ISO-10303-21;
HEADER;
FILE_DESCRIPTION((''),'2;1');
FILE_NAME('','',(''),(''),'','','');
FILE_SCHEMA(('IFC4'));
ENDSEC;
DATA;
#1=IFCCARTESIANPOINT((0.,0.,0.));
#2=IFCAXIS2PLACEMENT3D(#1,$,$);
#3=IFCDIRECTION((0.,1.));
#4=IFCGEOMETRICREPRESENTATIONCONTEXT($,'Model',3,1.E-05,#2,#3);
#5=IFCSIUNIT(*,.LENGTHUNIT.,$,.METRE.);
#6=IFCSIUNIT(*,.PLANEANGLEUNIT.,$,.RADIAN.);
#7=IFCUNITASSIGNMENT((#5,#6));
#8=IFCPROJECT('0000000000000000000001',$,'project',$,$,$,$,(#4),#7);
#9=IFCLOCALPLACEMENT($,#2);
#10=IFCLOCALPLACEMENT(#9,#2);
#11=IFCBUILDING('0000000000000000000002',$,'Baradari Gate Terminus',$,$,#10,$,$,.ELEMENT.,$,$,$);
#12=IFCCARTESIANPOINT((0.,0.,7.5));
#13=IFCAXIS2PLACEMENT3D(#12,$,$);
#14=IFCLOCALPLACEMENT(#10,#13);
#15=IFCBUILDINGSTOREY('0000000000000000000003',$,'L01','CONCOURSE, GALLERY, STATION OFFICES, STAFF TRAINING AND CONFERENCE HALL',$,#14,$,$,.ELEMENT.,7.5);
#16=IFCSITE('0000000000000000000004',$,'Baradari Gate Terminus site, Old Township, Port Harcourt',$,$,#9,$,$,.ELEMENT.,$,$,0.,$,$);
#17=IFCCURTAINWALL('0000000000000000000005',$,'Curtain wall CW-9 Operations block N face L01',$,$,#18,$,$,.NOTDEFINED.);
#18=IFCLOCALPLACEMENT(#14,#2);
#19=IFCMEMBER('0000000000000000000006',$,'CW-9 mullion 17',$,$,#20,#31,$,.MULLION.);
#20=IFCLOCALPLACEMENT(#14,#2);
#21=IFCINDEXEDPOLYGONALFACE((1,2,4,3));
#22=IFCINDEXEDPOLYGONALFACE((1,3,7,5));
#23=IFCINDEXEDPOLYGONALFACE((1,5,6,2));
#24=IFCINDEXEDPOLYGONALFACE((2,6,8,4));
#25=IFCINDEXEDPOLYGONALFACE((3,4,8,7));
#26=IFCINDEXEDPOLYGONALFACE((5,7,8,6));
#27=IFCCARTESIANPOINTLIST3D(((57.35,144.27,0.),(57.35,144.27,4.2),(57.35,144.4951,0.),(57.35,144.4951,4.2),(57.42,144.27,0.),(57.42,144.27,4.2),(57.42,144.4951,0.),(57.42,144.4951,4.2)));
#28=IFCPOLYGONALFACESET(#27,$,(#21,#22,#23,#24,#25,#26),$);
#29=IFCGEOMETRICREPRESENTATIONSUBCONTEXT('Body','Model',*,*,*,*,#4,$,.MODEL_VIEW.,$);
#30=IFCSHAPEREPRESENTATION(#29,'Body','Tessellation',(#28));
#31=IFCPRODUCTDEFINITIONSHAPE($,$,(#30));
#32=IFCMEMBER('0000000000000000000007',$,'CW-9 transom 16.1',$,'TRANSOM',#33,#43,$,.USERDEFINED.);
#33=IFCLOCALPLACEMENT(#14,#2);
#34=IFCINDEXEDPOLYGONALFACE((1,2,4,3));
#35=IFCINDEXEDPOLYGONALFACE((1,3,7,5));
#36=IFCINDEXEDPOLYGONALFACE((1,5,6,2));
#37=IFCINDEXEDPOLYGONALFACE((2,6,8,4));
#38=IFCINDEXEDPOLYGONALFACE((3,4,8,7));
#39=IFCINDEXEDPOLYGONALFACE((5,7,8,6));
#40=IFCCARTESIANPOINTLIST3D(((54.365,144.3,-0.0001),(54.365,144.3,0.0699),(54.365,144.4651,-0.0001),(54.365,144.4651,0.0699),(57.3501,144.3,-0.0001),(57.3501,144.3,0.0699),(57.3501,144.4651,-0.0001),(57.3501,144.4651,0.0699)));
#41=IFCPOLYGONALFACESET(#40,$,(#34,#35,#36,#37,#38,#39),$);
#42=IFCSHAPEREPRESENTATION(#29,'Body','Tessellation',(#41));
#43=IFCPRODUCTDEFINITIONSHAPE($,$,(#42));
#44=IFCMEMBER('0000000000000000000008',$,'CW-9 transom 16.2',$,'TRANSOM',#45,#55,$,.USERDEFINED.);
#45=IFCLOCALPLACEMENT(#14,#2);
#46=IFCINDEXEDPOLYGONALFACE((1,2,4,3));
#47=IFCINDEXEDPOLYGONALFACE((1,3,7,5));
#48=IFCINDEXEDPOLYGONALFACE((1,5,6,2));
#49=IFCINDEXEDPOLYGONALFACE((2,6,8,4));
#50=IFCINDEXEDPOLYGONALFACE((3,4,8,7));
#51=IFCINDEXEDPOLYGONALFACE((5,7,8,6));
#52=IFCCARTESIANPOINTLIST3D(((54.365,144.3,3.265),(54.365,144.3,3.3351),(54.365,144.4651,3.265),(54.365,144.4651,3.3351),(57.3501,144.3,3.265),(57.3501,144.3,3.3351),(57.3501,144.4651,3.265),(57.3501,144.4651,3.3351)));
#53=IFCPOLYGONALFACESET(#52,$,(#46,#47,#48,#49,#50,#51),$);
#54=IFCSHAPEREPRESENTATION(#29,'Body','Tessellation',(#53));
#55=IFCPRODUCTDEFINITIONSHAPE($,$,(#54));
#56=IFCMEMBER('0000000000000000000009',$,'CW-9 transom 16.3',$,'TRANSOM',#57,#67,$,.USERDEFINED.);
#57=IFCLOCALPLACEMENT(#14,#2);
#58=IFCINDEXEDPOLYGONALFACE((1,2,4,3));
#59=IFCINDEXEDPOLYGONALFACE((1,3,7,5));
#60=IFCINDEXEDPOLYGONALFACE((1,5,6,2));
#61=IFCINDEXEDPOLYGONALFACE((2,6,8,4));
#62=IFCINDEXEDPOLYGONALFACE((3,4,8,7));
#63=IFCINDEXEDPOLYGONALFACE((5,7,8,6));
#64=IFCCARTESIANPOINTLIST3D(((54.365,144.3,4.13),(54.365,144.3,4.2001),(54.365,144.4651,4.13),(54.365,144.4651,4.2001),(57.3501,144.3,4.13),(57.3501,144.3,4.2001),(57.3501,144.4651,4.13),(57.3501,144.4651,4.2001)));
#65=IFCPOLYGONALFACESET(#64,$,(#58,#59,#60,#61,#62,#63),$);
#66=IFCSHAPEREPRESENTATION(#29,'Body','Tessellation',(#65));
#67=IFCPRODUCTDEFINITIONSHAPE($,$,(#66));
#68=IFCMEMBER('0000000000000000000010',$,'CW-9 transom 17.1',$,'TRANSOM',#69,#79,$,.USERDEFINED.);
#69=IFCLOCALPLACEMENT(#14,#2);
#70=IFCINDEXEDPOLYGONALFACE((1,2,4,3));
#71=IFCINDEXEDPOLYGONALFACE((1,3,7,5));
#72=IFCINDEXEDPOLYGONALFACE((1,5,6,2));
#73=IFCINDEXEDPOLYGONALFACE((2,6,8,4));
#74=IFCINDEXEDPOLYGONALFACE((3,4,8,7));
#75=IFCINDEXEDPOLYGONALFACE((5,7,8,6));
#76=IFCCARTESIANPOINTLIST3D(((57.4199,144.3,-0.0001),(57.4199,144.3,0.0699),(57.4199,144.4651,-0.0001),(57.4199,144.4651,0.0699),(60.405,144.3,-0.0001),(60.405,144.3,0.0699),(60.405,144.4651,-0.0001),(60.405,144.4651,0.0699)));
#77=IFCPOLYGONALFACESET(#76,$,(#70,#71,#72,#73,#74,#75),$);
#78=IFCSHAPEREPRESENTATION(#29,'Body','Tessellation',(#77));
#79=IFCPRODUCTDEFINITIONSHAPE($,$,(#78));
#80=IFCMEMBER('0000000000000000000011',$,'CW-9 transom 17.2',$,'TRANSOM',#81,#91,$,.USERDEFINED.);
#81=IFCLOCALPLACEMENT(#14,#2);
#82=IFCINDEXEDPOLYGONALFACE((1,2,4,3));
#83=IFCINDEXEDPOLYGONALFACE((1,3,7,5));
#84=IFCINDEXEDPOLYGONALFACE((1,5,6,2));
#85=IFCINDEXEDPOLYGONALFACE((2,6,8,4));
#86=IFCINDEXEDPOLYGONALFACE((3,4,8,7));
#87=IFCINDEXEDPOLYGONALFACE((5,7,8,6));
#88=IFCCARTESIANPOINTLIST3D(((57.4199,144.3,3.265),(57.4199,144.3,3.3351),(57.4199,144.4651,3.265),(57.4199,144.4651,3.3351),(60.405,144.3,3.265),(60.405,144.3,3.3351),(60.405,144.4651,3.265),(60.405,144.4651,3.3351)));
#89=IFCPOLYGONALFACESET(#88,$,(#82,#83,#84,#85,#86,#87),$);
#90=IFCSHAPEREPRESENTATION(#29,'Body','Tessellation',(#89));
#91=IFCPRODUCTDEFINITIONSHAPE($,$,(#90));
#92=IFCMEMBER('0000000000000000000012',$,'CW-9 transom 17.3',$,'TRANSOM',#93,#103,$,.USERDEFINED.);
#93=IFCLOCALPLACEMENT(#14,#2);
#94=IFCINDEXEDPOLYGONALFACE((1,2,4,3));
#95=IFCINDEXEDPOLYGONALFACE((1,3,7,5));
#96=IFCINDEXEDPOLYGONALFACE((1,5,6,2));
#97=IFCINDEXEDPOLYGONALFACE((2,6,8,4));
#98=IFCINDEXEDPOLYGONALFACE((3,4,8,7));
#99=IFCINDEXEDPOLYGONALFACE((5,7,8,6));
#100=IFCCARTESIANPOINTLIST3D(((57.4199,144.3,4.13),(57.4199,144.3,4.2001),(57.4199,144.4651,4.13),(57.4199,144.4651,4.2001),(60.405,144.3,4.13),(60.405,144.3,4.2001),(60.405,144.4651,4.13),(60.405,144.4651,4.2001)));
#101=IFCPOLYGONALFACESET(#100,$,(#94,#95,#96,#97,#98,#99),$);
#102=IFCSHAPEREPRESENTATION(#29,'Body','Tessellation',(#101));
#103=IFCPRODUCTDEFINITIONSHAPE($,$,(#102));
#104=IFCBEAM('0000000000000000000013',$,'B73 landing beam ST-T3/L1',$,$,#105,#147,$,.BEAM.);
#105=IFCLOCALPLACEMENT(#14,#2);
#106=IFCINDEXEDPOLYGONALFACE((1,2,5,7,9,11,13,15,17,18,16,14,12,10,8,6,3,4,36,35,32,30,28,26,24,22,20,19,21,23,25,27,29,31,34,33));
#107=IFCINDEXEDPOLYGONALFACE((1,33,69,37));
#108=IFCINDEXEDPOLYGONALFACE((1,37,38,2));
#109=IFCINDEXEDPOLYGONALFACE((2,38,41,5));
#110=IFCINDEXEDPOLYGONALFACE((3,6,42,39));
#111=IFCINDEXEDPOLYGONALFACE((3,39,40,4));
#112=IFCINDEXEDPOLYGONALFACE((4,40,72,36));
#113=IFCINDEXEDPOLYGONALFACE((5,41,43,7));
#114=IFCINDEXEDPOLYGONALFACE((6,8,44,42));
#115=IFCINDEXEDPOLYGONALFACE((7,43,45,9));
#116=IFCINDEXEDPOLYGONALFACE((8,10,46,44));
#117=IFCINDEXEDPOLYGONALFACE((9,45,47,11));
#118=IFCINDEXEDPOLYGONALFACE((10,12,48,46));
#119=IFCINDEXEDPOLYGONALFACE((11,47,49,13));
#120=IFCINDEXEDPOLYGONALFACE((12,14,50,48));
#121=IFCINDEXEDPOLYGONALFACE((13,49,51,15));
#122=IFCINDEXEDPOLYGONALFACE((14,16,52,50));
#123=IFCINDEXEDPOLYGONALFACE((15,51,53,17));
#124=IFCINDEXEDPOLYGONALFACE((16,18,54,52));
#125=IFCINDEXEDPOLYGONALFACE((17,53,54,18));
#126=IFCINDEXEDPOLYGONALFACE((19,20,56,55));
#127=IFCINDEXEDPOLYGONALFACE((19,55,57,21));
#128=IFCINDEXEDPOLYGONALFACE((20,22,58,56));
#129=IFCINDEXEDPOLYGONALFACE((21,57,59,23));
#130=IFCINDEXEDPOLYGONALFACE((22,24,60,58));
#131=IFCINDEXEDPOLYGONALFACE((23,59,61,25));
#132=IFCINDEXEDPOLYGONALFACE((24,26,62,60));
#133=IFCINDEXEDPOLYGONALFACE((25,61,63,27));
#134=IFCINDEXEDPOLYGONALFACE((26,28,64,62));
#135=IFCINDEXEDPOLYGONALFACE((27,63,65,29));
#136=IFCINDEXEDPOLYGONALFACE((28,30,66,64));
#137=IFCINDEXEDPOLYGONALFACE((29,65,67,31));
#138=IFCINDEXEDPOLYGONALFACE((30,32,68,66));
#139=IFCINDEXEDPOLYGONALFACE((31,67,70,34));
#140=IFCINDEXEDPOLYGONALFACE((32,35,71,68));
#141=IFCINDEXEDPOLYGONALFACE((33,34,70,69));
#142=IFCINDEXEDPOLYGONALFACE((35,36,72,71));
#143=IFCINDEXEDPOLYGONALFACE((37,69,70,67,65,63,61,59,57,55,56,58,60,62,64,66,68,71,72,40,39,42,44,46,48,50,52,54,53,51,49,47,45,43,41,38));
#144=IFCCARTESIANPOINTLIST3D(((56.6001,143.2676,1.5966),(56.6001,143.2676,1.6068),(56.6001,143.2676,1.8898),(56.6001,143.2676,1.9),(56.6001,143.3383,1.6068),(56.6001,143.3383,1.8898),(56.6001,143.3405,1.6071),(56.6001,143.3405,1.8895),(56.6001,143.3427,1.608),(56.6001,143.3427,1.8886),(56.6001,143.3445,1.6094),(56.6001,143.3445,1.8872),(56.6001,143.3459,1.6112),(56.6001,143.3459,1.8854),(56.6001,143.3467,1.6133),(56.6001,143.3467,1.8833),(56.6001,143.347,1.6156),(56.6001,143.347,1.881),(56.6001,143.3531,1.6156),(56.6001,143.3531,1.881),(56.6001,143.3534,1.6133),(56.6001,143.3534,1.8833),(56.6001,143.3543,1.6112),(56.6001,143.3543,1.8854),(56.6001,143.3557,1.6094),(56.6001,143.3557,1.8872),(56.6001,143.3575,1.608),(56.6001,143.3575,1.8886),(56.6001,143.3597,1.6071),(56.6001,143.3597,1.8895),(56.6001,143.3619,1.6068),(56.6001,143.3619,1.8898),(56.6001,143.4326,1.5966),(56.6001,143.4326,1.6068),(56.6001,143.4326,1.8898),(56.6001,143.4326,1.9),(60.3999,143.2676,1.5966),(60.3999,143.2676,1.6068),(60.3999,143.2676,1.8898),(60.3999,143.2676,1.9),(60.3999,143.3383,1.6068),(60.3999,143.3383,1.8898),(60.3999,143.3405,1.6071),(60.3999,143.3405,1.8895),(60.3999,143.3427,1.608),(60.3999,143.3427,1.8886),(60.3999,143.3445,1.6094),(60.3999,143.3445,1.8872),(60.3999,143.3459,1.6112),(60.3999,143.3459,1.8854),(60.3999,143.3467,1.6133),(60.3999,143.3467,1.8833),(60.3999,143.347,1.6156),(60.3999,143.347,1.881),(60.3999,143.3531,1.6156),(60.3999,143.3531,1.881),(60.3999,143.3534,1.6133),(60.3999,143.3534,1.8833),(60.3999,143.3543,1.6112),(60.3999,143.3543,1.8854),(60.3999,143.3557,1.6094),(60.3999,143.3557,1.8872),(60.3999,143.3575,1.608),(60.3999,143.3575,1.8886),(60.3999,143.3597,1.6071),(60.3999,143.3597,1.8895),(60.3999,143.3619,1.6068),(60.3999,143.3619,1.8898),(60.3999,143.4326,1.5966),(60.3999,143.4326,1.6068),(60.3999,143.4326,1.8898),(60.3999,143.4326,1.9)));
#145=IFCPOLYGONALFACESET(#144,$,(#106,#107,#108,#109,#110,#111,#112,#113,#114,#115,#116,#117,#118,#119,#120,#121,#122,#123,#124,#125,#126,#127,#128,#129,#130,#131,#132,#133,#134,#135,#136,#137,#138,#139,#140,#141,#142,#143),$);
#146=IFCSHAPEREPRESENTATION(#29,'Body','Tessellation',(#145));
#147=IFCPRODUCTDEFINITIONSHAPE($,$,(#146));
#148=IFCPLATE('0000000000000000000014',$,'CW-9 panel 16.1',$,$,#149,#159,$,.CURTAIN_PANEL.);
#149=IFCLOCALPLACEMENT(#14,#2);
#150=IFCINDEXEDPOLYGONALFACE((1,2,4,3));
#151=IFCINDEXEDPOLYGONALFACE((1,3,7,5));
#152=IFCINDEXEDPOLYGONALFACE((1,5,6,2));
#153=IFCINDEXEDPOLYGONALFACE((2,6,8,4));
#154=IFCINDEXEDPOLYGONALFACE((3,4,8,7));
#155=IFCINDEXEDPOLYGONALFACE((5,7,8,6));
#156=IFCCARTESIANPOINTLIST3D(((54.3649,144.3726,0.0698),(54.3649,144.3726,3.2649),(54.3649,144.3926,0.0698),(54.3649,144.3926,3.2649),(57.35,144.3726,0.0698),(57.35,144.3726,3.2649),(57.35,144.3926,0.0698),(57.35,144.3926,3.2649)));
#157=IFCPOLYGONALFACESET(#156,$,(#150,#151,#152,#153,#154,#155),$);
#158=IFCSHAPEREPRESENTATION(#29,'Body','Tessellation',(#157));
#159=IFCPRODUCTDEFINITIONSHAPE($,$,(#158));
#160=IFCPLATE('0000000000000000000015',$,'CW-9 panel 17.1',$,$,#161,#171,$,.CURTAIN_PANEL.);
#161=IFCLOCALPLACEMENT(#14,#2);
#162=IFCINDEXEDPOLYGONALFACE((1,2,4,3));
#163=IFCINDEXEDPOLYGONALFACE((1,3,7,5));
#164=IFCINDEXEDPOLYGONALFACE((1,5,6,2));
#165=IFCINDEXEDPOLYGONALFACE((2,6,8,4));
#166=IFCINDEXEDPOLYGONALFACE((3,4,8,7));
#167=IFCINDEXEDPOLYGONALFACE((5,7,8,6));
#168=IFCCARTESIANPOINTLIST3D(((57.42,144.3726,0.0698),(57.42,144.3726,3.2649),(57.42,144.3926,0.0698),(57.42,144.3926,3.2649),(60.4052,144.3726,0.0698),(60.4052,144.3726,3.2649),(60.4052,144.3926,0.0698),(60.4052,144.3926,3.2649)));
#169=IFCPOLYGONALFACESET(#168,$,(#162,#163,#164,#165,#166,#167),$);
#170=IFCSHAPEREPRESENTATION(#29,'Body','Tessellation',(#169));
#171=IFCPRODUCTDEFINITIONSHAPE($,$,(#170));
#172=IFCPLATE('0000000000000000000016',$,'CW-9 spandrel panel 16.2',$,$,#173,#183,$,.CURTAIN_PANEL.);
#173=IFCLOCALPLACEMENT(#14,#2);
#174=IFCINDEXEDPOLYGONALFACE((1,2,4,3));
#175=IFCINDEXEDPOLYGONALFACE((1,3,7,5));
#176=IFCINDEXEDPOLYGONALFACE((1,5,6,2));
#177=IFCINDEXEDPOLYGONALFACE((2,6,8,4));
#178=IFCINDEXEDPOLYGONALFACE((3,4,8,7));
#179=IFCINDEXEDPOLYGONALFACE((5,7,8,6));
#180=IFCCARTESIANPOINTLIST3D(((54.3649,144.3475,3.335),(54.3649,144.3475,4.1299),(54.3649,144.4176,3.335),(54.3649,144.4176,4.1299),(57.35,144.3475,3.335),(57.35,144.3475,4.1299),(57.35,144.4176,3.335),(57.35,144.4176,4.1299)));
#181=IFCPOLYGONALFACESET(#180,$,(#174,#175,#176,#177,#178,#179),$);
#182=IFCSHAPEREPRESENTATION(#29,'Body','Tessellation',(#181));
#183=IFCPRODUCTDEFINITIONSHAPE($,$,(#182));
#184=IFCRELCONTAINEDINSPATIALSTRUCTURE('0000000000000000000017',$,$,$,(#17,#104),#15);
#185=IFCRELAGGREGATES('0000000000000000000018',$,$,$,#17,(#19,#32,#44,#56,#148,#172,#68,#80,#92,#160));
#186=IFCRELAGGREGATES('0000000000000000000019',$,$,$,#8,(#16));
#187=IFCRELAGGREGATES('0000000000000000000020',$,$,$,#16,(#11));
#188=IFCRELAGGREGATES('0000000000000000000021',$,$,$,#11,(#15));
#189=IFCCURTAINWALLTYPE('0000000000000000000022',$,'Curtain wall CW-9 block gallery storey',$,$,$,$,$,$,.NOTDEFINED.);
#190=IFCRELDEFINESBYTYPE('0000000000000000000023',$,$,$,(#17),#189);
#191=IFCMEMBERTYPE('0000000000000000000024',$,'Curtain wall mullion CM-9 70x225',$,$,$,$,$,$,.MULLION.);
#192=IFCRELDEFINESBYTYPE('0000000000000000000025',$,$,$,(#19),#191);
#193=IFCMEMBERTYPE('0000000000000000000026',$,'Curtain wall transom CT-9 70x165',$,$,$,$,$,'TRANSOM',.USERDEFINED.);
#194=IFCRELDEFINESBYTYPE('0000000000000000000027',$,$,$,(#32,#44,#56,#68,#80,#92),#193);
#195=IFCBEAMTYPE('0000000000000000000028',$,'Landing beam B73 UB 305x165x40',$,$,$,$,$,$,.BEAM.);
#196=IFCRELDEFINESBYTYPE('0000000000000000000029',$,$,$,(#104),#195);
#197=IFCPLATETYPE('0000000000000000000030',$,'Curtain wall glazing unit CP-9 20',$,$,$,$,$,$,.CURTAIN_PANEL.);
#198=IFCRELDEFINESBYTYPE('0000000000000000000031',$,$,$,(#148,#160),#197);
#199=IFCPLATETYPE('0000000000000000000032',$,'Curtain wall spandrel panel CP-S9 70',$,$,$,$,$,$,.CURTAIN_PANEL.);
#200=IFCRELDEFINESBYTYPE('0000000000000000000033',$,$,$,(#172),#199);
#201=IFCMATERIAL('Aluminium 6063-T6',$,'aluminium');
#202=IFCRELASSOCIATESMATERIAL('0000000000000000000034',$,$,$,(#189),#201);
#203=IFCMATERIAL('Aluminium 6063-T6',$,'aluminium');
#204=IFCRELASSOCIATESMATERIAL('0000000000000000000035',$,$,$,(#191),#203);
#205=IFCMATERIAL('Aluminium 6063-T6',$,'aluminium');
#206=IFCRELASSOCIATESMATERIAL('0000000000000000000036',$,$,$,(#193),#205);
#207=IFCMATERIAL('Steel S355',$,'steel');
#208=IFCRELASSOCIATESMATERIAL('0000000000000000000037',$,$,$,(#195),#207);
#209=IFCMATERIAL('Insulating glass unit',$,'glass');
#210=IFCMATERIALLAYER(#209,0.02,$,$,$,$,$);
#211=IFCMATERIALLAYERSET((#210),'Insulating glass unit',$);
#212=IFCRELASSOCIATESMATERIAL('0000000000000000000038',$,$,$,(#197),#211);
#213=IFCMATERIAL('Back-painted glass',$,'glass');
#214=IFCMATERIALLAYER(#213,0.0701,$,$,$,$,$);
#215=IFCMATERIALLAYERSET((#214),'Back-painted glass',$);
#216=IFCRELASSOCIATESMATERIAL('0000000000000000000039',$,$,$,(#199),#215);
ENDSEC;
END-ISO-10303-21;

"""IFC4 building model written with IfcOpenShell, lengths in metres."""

from ifc_helpers import new_model, si_unit, direction, frame, origin, origin_2d, place, context, subcontext, project, spatial, rectangle, i_section, extrude, material, layer, layer_set, material_profile, profile_set, type_object, element, aggregate, save


model = new_model("IFC4")

# Units and contexts
model_context = context("Model", 3, precision=1e-05, world=origin(), true_north=direction((0.0, 1.0)))
body_context = subcontext(model_context, "Body", "Model", "MODEL_VIEW")
ifc_project = project(units=[si_unit("LENGTHUNIT", "METRE"), si_unit("PLANEANGLEUNIT", "RADIAN")], contexts=[model_context])

# Site, building, storey
site_placement = place(None, origin())
site = spatial("IfcSite", under=ifc_project, at=site_placement, Name="Baradari Gate Terminus site, Old Township, Port Harcourt", CompositionType="ELEMENT", RefElevation=0.0)
building_placement = place(site_placement, origin())
building = spatial("IfcBuilding", under=site, at=building_placement, Name="Baradari Gate Terminus", CompositionType="ELEMENT")
storey_placement = place(building_placement, frame((0.0, 0.0, 7.5)))
storey = spatial("IfcBuildingStorey", under=building, at=storey_placement, Name="L01", Description="CONCOURSE, GALLERY, STATION OFFICES, STAFF TRAINING AND CONFERENCE HALL", CompositionType="ELEMENT", Elevation=7.5)

# Curtain wall, members
ifc_material_1 = material(Name="Aluminium 6063-T6", Category="aluminium")
curtain_wall_type = type_object("IfcCurtainWallType", Name="Curtain wall CW-9 block gallery storey", PredefinedType="NOTDEFINED", material=ifc_material_1)
curtain_wall_placement = place(storey_placement, origin())
curtain_wall = element("IfcCurtainWall", 1, at=curtain_wall_placement, inside=storey, type_object=curtain_wall_type, Name="Curtain wall CW-9 Operations block N face L01", PredefinedType="NOTDEFINED")
ifc_material_2 = material(Name="Aluminium 6063-T6", Category="aluminium")
ifc_material_profile_1 = material_profile(ifc_material_2, rectangle(XDim=0.2251, YDim=0.0701, at=origin_2d()), Name="CM-9 70X225")
ifc_profile_set_1 = profile_set([ifc_material_profile_1], Name="Aluminium 6063-T6")
member_type_1 = type_object("IfcMemberType", Name="Curtain wall mullion CM-9 70x225", PredefinedType="MULLION", material=ifc_profile_set_1)
member_1_placement = place(storey_placement, frame((57.385, 144.3826, 0.0), z_axis=(0.0, 0.0, 1.0), x_axis=(0.0, 1.0, 0.0)))
member_1 = element("IfcMember", 2, at=member_1_placement, type_object=member_type_1, Name="CW-9 mullion 17", PredefinedType="MULLION", context=body_context, shape_type="SweptSolid", body=[
    extrude(rectangle(XDim=0.2251, YDim=0.0701, at=origin_2d()), origin(), (0.0, 0.0, 1.0), 4.2),
])
ifc_material_3 = material(Name="Aluminium 6063-T6", Category="aluminium")
ifc_material_profile_2 = material_profile(ifc_material_3, rectangle(XDim=0.165, YDim=0.0701, at=origin_2d()), Name="CT-9 70X165")
ifc_profile_set_2 = profile_set([ifc_material_profile_2], Name="Aluminium 6063-T6")
member_type_2 = type_object("IfcMemberType", Name="Curtain wall transom CT-9 70x165", ElementType="TRANSOM", PredefinedType="USERDEFINED", material=ifc_profile_set_2)
member_2_placement = place(storey_placement, frame((54.365, 144.3826, 0.0349), z_axis=(1.0, 0.0, 0.0), x_axis=(0.0, 1.0, 0.0)))
member_2 = element("IfcMember", 3, at=member_2_placement, type_object=member_type_2, Name="CW-9 transom 16.1", ObjectType="TRANSOM", PredefinedType="USERDEFINED", context=body_context, shape_type="SweptSolid", body=[
    extrude(rectangle(XDim=0.165, YDim=0.0701, at=origin_2d()), origin(), (0.0, 0.0, 1.0), 2.9851),
])
member_3_placement = place(storey_placement, frame((54.365, 144.3826, 3.3), z_axis=(1.0, 0.0, 0.0), x_axis=(0.0, 1.0, 0.0)))
member_3 = element("IfcMember", 4, at=member_3_placement, type_object=member_type_2, Name="CW-9 transom 16.2", ObjectType="TRANSOM", PredefinedType="USERDEFINED", context=body_context, shape_type="SweptSolid", body=[
    extrude(rectangle(XDim=0.165, YDim=0.0701, at=origin_2d()), origin(), (0.0, 0.0, 1.0), 2.9851),
])
member_4_placement = place(storey_placement, frame((54.365, 144.3826, 4.165), z_axis=(1.0, 0.0, 0.0), x_axis=(0.0, 1.0, 0.0)))
member_4 = element("IfcMember", 5, at=member_4_placement, type_object=member_type_2, Name="CW-9 transom 16.3", ObjectType="TRANSOM", PredefinedType="USERDEFINED", context=body_context, shape_type="SweptSolid", body=[
    extrude(rectangle(XDim=0.165, YDim=0.0701, at=origin_2d()), origin(), (0.0, 0.0, 1.0), 2.9851),
])
member_5_placement = place(storey_placement, frame((57.4199, 144.3826, 0.0349), z_axis=(1.0, 0.0, 0.0), x_axis=(0.0, 1.0, 0.0)))
member_5 = element("IfcMember", 6, at=member_5_placement, type_object=member_type_2, Name="CW-9 transom 17.1", ObjectType="TRANSOM", PredefinedType="USERDEFINED", context=body_context, shape_type="SweptSolid", body=[
    extrude(rectangle(XDim=0.165, YDim=0.0701, at=origin_2d()), origin(), (0.0, 0.0, 1.0), 2.9851),
])
member_6_placement = place(storey_placement, frame((57.4199, 144.3826, 3.3), z_axis=(1.0, 0.0, 0.0), x_axis=(0.0, 1.0, 0.0)))
member_6 = element("IfcMember", 7, at=member_6_placement, type_object=member_type_2, Name="CW-9 transom 17.2", ObjectType="TRANSOM", PredefinedType="USERDEFINED", context=body_context, shape_type="SweptSolid", body=[
    extrude(rectangle(XDim=0.165, YDim=0.0701, at=origin_2d()), origin(), (0.0, 0.0, 1.0), 2.9851),
])
member_7_placement = place(storey_placement, frame((57.4199, 144.3826, 4.165), z_axis=(1.0, 0.0, 0.0), x_axis=(0.0, 1.0, 0.0)))
member_7 = element("IfcMember", 8, at=member_7_placement, type_object=member_type_2, Name="CW-9 transom 17.3", ObjectType="TRANSOM", PredefinedType="USERDEFINED", context=body_context, shape_type="SweptSolid", body=[
    extrude(rectangle(XDim=0.165, YDim=0.0701, at=origin_2d()), origin(), (0.0, 0.0, 1.0), 2.9851),
])

# Beam
ifc_material_4 = material(Name="Steel S355", Category="steel")
ifc_material_profile_3 = material_profile(ifc_material_4, i_section(OverallWidth=0.165, OverallDepth=0.3035, WebThickness=0.0061, FlangeThickness=0.0103, FilletRadius=0.0088, at=origin_2d()), Name="UB 305x165x40")
ifc_profile_set_3 = profile_set([ifc_material_profile_3], Name="Steel S355")
beam_type = type_object("IfcBeamType", Name="Landing beam B73 UB 305x165x40", PredefinedType="BEAM", material=ifc_profile_set_3)
beam_placement = place(storey_placement, frame((56.6001, 143.3501, 1.7483), z_axis=(1.0, 0.0, 0.0), x_axis=(0.0, 1.0, 0.0)))
element("IfcBeam", 9, at=beam_placement, inside=storey, type_object=beam_type, Name="B73 landing beam ST-T3/L1", PredefinedType="BEAM", context=body_context, shape_type="SweptSolid", body=[
    extrude(i_section(OverallWidth=0.165, OverallDepth=0.3035, WebThickness=0.0061, FlangeThickness=0.0103, FilletRadius=0.0088, at=origin_2d()), origin(), (0.0, 0.0, 1.0), 3.7998),
])

# Plates
ifc_material_5 = material(Name="Insulating glass unit", Category="glass")
ifc_layer_1 = layer(ifc_material_5, 0.02)
ifc_layer_set_1 = layer_set([ifc_layer_1], Name="Insulating glass unit")
plate_type_1 = type_object("IfcPlateType", Name="Curtain wall glazing unit CP-9 20", PredefinedType="CURTAIN_PANEL", material=ifc_layer_set_1)
plate_1_placement = place(storey_placement, frame((55.8574, 144.3826, 0.0698), z_axis=(0.0, 0.0, 1.0), x_axis=(1.0, 0.0, 0.0)))
plate_1 = element("IfcPlate", 10, at=plate_1_placement, type_object=plate_type_1, Name="CW-9 panel 16.1", PredefinedType="CURTAIN_PANEL", context=body_context, shape_type="SweptSolid", body=[
    extrude(rectangle(XDim=2.9851, YDim=0.02, at=origin_2d()), origin(), (0.0, 0.0, 1.0), 3.1951),
])
plate_2_placement = place(storey_placement, frame((58.9126, 144.3826, 0.0698), z_axis=(0.0, 0.0, 1.0), x_axis=(1.0, 0.0, 0.0)))
plate_2 = element("IfcPlate", 11, at=plate_2_placement, type_object=plate_type_1, Name="CW-9 panel 17.1", PredefinedType="CURTAIN_PANEL", context=body_context, shape_type="SweptSolid", body=[
    extrude(rectangle(XDim=2.9851, YDim=0.02, at=origin_2d()), origin(), (0.0, 0.0, 1.0), 3.1951),
])
ifc_material_6 = material(Name="Back-painted glass", Category="glass")
ifc_layer_2 = layer(ifc_material_6, 0.0701)
ifc_layer_set_2 = layer_set([ifc_layer_2], Name="Back-painted glass")
plate_type_2 = type_object("IfcPlateType", Name="Curtain wall spandrel panel CP-S9 70", PredefinedType="CURTAIN_PANEL", material=ifc_layer_set_2)
plate_3_placement = place(storey_placement, frame((55.8574, 144.3826, 3.335), z_axis=(0.0, 0.0, 1.0), x_axis=(1.0, 0.0, 0.0)))
plate_3 = element("IfcPlate", 12, at=plate_3_placement, type_object=plate_type_2, Name="CW-9 spandrel panel 16.2", PredefinedType="CURTAIN_PANEL", context=body_context, shape_type="SweptSolid", body=[
    extrude(rectangle(XDim=2.9851, YDim=0.0701, at=origin_2d()), origin(), (0.0, 0.0, 1.0), 0.7949),
])
aggregate(curtain_wall, [member_1, member_2, member_3, member_4, plate_1, plate_3, member_5, member_6, member_7, plate_2])

save(model, "model.ifc")
